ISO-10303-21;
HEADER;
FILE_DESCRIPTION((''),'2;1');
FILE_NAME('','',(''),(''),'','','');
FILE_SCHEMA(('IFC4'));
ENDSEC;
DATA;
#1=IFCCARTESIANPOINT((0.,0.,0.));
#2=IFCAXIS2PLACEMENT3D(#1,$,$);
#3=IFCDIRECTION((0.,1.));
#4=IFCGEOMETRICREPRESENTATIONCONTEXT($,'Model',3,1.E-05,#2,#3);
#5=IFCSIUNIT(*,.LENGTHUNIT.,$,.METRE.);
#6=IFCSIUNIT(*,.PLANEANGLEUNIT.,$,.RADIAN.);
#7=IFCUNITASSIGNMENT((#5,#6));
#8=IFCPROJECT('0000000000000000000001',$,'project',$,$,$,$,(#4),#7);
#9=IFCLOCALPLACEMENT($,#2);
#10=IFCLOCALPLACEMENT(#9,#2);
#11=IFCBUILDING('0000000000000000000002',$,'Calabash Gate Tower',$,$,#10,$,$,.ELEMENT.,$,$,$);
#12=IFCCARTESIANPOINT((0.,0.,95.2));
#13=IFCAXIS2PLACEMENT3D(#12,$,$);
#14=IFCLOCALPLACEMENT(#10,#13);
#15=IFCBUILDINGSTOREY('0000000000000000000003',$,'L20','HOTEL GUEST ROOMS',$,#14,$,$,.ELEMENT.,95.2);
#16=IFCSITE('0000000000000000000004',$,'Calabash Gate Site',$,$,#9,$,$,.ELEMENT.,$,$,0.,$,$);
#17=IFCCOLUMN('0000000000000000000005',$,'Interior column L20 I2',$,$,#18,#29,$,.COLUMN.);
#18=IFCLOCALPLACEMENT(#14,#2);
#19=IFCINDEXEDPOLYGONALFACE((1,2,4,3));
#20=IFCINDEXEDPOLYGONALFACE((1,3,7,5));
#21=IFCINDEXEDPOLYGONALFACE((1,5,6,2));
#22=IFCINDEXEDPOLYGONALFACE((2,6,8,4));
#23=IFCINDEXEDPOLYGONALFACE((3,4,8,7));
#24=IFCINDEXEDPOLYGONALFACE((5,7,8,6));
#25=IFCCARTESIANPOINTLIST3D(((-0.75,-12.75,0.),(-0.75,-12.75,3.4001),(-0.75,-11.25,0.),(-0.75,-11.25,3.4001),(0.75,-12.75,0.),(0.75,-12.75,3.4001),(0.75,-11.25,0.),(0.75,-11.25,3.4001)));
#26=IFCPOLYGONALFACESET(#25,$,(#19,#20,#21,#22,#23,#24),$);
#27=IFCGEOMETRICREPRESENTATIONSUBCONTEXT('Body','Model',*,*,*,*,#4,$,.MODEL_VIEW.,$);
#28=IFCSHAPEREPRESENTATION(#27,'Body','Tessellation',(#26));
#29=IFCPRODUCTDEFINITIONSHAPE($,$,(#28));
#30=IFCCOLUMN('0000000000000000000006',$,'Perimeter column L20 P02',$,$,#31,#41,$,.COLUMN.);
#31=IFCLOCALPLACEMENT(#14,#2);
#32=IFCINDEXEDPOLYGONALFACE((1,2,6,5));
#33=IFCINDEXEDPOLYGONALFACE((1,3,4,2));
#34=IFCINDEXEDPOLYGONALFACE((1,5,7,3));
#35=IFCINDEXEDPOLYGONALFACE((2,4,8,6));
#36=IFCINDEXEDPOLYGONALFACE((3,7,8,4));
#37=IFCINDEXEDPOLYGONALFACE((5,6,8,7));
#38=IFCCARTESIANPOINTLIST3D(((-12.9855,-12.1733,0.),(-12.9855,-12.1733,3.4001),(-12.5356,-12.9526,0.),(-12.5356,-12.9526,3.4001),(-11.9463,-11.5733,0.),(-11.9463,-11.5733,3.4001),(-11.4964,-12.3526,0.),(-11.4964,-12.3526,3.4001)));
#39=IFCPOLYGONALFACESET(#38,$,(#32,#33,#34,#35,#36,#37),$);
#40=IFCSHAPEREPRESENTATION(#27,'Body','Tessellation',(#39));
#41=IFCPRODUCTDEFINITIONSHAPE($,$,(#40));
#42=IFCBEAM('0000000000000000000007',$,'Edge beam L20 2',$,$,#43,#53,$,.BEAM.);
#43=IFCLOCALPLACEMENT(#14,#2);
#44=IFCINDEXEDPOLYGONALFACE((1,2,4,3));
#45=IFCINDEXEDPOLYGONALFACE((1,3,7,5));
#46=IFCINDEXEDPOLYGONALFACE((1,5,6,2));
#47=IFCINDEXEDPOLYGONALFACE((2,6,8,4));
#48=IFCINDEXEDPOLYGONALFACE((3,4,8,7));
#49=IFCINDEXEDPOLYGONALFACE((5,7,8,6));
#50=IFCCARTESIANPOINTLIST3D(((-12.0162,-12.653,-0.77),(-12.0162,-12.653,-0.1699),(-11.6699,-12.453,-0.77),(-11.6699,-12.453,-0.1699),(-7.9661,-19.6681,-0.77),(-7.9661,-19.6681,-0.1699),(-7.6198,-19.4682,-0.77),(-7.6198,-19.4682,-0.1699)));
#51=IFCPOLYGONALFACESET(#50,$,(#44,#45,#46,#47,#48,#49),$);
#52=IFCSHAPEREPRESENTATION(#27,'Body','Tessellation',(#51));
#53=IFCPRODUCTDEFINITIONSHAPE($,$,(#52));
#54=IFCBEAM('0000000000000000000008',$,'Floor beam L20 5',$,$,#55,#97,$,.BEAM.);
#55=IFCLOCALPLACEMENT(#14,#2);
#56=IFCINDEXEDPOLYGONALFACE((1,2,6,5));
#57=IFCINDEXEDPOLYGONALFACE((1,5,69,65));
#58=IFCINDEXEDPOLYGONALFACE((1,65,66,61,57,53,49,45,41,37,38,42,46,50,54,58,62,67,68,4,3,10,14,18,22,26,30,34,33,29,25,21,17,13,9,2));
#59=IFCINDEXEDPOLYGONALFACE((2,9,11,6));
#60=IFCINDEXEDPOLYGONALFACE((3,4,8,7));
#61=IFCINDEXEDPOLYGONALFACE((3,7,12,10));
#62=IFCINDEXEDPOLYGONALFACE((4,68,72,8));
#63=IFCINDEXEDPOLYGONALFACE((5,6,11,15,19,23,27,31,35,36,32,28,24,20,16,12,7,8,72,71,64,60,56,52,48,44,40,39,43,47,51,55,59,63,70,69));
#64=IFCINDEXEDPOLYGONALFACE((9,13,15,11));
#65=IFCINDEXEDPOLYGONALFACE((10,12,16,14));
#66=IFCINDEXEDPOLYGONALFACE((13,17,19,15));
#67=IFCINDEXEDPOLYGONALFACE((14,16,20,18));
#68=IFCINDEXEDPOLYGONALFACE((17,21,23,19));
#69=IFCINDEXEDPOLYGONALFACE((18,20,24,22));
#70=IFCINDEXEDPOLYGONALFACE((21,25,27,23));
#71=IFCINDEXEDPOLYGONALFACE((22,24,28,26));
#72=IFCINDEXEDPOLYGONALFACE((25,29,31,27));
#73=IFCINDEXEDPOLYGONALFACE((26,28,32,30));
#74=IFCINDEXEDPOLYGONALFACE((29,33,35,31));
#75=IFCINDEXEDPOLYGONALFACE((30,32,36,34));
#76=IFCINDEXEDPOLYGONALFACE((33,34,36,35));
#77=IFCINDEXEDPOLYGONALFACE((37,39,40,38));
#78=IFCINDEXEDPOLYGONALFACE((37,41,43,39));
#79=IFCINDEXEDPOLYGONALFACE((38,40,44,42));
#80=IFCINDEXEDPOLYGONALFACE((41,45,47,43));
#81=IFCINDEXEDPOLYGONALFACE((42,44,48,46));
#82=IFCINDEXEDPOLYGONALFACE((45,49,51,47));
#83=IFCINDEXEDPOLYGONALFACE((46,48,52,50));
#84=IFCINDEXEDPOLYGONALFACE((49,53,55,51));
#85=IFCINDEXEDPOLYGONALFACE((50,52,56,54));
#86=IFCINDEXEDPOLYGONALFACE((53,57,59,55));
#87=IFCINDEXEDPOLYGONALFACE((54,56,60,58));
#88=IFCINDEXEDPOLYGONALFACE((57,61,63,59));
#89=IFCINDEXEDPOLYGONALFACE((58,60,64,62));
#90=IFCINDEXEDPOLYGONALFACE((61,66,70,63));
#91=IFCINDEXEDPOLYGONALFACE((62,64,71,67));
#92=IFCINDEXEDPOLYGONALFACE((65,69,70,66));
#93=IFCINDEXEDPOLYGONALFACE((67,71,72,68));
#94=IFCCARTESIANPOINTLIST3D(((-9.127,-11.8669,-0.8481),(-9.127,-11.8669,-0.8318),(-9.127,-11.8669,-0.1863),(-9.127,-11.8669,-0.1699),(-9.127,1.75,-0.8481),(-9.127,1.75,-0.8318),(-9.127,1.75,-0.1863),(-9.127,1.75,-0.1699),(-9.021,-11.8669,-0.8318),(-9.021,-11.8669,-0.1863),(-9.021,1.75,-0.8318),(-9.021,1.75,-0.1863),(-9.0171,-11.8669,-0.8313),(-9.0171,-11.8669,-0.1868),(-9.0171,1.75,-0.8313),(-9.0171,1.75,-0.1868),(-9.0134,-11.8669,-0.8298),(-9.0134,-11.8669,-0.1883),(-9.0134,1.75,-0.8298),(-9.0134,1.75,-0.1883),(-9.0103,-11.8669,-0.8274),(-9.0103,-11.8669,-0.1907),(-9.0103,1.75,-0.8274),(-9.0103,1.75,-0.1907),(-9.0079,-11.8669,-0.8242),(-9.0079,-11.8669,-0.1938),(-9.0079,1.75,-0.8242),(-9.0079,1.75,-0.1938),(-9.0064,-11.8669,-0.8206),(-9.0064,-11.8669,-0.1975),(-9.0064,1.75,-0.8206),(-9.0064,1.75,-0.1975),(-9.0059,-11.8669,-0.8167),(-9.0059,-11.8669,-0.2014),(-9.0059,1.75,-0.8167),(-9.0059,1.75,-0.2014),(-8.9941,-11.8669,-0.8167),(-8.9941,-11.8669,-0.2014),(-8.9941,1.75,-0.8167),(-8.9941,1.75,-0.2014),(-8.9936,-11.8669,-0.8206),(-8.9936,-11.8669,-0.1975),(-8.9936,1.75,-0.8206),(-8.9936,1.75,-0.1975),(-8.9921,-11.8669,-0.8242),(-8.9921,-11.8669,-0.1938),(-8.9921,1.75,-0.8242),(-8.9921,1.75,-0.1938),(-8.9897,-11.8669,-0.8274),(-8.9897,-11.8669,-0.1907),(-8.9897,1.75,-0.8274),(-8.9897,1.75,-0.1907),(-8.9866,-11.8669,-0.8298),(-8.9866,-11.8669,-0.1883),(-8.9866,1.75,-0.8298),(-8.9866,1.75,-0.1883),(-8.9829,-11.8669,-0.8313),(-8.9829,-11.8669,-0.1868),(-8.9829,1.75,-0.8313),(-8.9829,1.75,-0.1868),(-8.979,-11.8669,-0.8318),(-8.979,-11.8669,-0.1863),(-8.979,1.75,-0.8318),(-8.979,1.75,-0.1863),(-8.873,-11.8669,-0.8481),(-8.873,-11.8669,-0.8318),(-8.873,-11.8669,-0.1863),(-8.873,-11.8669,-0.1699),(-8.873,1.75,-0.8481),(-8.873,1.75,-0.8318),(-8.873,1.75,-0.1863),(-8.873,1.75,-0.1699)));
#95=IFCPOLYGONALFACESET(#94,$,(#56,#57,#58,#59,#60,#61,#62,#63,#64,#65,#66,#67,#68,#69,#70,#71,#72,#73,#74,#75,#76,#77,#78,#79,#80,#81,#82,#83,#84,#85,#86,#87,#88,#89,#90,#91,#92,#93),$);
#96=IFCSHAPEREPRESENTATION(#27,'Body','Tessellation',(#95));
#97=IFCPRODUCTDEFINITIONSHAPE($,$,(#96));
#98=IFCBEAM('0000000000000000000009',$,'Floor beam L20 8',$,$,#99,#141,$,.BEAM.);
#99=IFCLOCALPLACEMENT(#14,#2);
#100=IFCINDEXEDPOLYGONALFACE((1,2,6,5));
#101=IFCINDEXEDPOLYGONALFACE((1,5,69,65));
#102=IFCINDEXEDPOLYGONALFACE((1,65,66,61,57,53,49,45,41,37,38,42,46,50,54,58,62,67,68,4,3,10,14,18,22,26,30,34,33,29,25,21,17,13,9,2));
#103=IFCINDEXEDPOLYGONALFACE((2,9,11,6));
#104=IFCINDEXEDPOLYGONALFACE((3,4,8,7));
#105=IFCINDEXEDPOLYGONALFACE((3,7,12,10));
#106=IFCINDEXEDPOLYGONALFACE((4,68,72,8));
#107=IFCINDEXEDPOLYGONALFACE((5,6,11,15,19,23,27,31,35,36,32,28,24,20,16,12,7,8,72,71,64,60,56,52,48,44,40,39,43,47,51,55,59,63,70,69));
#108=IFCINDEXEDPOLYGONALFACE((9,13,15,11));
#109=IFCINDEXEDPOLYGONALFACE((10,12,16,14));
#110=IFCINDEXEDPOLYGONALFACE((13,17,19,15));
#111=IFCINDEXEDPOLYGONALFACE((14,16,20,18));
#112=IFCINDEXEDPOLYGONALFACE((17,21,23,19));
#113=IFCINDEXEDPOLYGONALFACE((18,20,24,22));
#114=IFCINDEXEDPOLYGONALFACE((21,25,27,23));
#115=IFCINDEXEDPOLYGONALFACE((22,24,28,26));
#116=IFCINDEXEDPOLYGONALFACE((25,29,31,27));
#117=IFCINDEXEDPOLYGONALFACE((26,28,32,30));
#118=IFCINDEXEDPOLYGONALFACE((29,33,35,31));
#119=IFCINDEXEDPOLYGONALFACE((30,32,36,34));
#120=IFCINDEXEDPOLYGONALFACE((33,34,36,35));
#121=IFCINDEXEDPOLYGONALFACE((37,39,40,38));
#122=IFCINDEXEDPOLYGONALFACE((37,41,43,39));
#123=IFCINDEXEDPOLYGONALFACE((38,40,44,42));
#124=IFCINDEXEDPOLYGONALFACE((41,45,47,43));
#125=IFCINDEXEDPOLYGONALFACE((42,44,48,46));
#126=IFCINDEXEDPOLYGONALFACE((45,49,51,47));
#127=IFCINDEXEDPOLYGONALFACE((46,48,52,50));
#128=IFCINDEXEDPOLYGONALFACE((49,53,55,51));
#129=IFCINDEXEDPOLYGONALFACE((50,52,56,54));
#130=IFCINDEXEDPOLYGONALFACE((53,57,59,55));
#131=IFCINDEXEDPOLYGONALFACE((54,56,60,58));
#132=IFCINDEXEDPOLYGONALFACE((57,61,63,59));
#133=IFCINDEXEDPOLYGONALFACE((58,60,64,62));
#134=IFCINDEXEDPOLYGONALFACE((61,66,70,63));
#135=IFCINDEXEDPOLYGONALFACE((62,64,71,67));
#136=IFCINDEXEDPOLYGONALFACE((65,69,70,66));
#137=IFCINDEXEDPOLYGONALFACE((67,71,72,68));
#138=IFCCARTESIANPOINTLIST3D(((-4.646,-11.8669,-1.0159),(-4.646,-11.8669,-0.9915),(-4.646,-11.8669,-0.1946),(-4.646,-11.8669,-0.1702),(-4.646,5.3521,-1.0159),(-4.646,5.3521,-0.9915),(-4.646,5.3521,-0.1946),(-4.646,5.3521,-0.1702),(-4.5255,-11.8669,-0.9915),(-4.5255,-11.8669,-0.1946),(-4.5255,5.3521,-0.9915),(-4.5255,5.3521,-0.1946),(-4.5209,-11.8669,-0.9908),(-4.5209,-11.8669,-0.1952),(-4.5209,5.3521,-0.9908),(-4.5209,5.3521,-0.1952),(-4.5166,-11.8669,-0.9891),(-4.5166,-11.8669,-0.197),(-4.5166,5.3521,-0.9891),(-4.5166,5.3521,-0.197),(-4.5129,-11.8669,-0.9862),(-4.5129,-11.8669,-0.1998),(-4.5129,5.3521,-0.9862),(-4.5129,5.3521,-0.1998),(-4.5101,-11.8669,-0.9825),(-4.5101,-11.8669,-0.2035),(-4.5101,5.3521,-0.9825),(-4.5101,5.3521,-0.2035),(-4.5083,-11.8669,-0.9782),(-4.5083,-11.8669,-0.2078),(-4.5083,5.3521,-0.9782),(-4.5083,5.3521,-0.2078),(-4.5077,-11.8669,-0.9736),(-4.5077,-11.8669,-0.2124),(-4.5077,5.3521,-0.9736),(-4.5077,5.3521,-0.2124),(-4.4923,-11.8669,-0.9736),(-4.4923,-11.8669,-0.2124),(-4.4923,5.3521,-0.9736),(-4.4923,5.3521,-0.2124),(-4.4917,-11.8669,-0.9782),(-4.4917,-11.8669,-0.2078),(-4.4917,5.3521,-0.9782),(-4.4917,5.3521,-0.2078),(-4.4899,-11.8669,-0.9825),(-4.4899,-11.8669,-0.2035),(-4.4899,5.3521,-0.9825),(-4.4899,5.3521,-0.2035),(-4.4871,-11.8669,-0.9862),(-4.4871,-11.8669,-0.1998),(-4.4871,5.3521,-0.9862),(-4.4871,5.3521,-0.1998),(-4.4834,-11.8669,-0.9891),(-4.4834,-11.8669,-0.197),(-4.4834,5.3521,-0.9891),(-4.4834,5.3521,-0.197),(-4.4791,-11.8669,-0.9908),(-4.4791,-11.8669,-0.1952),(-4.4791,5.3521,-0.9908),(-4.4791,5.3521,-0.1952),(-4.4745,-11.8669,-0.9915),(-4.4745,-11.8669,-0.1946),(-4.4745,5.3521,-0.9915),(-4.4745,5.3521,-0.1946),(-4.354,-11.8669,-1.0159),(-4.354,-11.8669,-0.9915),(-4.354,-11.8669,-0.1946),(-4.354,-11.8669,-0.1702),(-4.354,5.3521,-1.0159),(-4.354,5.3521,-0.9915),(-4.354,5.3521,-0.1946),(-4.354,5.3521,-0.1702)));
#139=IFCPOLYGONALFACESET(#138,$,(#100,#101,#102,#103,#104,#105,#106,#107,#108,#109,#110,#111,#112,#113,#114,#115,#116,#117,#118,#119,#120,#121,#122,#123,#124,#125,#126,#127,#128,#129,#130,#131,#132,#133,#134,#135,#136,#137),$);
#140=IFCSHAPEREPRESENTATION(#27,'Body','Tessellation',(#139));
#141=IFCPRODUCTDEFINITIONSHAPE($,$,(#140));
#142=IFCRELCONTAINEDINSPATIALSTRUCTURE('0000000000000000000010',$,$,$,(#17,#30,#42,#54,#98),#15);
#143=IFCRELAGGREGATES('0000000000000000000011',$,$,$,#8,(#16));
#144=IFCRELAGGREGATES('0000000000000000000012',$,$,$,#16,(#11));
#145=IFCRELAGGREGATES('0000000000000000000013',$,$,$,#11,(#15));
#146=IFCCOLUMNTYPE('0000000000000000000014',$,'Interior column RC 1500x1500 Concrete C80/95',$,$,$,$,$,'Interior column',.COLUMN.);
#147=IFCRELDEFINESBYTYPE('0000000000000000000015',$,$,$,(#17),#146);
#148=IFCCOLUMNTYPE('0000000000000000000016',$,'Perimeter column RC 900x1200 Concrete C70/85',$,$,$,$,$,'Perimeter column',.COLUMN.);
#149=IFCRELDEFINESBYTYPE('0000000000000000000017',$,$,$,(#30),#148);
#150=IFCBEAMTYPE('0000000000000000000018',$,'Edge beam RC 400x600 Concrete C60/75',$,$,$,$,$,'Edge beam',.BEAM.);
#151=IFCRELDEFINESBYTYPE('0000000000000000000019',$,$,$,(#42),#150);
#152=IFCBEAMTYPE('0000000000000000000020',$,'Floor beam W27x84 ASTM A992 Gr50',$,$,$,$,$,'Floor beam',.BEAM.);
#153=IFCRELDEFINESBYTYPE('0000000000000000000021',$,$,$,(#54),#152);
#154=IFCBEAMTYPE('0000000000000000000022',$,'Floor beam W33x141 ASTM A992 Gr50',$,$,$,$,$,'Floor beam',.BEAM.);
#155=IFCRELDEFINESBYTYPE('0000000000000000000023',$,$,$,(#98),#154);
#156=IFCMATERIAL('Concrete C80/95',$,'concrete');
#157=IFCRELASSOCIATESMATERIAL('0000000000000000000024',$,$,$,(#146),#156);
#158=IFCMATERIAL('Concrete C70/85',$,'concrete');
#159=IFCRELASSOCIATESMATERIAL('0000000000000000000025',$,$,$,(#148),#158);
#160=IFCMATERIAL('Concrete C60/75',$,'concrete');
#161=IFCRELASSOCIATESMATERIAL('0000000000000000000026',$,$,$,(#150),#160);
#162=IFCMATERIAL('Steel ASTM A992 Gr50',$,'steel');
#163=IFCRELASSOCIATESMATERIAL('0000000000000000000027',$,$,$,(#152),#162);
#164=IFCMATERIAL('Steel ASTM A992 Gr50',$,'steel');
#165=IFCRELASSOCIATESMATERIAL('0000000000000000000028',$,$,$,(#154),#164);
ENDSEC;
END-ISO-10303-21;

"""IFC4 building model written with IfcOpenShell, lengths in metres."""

from ifc_helpers import new_model, si_unit, direction, frame, origin, origin_2d, place, context, subcontext, project, spatial, rectangle, i_section, extrude, material, material_profile, profile_set, type_object, element, save


model = new_model("IFC4")

# Units and contexts
model_context = context("Model", 3, precision=1e-05, world=origin(), true_north=direction((0.0, 1.0)))
body_context = subcontext(model_context, "Body", "Model", "MODEL_VIEW")
ifc_project = project(units=[si_unit("LENGTHUNIT", "METRE"), si_unit("PLANEANGLEUNIT", "RADIAN")], contexts=[model_context])

# Site, building, storey
site_placement = place(None, origin())
site = spatial("IfcSite", under=ifc_project, at=site_placement, Name="Calabash Gate Site", CompositionType="ELEMENT", RefElevation=0.0)
building_placement = place(site_placement, origin())
building = spatial("IfcBuilding", under=site, at=building_placement, Name="Calabash Gate Tower", CompositionType="ELEMENT")
storey_placement = place(building_placement, frame((0.0, 0.0, 95.2)))
storey = spatial("IfcBuildingStorey", under=building, at=storey_placement, Name="L20", Description="HOTEL GUEST ROOMS", CompositionType="ELEMENT", Elevation=95.2)

# Columns
ifc_material_1 = material(Name="Concrete C80/95", Category="concrete")
ifc_material_profile_1 = material_profile(ifc_material_1, rectangle(XDim=1.5, YDim=1.5, at=origin_2d()))
ifc_profile_set_1 = profile_set([ifc_material_profile_1], Name="Concrete C80/95")
column_type_1 = type_object("IfcColumnType", Name="Interior column RC 1500x1500 Concrete C80/95", ElementType="Interior column", PredefinedType="COLUMN", material=ifc_profile_set_1)
column_1_placement = place(storey_placement, frame((0.0, -12.0, 0.0), z_axis=(0.0, 0.0, 1.0), x_axis=(1.0, 0.0, 0.0)))
element("IfcColumn", 1, at=column_1_placement, inside=storey, type_object=column_type_1, Name="Interior column L20 I2", PredefinedType="COLUMN", context=body_context, shape_type="SweptSolid", body=[
    extrude(rectangle(XDim=1.5, YDim=1.5, at=origin_2d()), origin(), (0.0, 0.0, 1.0), 3.4001),
])
ifc_material_2 = material(Name="Concrete C70/85", Category="concrete")
ifc_material_profile_2 = material_profile(ifc_material_2, rectangle(XDim=0.8999, YDim=1.2, at=origin_2d()))
ifc_profile_set_2 = profile_set([ifc_material_profile_2], Name="Concrete C70/85")
column_type_2 = type_object("IfcColumnType", Name="Perimeter column RC 900x1200 Concrete C70/85", ElementType="Perimeter column", PredefinedType="COLUMN", material=ifc_profile_set_2)
column_2_placement = place(storey_placement, frame((-12.241, -12.2629, 0.0), z_axis=(0.0, 0.0, 1.0), x_axis=(0.5, -0.866025, 0.0)))
element("IfcColumn", 2, at=column_2_placement, inside=storey, type_object=column_type_2, Name="Perimeter column L20 P02", PredefinedType="COLUMN", context=body_context, shape_type="SweptSolid", body=[
    extrude(rectangle(XDim=0.8999, YDim=1.2, at=origin_2d()), origin(), (0.0, 0.0, 1.0), 3.4001),
])

# Beams
ifc_material_3 = material(Name="Concrete C60/75", Category="concrete")
ifc_material_profile_3 = material_profile(ifc_material_3, rectangle(XDim=0.3999, YDim=0.6001, at=origin_2d()))
ifc_profile_set_3 = profile_set([ifc_material_profile_3], Name="Concrete C60/75")
beam_type_1 = type_object("IfcBeamType", Name="Edge beam RC 400x600 Concrete C60/75", ElementType="Edge beam", PredefinedType="BEAM", material=ifc_profile_set_3)
beam_1_placement = place(storey_placement, frame((-11.843, -12.553, -0.47), z_axis=(0.499987, -0.866033, 0.0), x_axis=(0.866033, 0.499987, 0.0)))
element("IfcBeam", 3, at=beam_1_placement, inside=storey, type_object=beam_type_1, Name="Edge beam L20 2", PredefinedType="BEAM", context=body_context, shape_type="SweptSolid", body=[
    extrude(rectangle(XDim=0.3999, YDim=0.6001, at=origin_2d()), origin(), (0.0, 0.0, 1.0), 8.1003),
])
ifc_material_4 = material(Name="Steel ASTM A992 Gr50", Category="steel")
ifc_material_profile_4 = material_profile(ifc_material_4, i_section(OverallWidth=0.2539, OverallDepth=0.6782, WebThickness=0.0117, FlangeThickness=0.0164, FilletRadius=0.0151, at=origin_2d()))
ifc_profile_set_4 = profile_set([ifc_material_profile_4], Name="Steel ASTM A992 Gr50")
beam_type_2 = type_object("IfcBeamType", Name="Floor beam W27x84 ASTM A992 Gr50", ElementType="Floor beam", PredefinedType="BEAM", material=ifc_profile_set_4)
beam_2_placement = place(storey_placement, frame((-9.0, -11.8669, -0.509), z_axis=(0.0, 1.0, 0.0), x_axis=(-1.0, 0.0, 0.0)))
element("IfcBeam", 4, at=beam_2_placement, inside=storey, type_object=beam_type_2, Name="Floor beam L20 5", PredefinedType="BEAM", context=body_context, shape_type="SweptSolid", body=[
    extrude(i_section(OverallWidth=0.2539, OverallDepth=0.6782, WebThickness=0.0117, FlangeThickness=0.0164, FilletRadius=0.0151, at=origin_2d()), origin(), (0.0, 0.0, 1.0), 13.6169),
])
ifc_material_5 = material(Name="Steel ASTM A992 Gr50", Category="steel")
ifc_material_profile_5 = material_profile(ifc_material_5, i_section(OverallWidth=0.292, OverallDepth=0.8457, WebThickness=0.0154, FlangeThickness=0.0244, FilletRadius=0.0178, at=origin_2d()))
ifc_profile_set_5 = profile_set([ifc_material_profile_5], Name="Steel ASTM A992 Gr50")
beam_type_3 = type_object("IfcBeamType", Name="Floor beam W33x141 ASTM A992 Gr50", ElementType="Floor beam", PredefinedType="BEAM", material=ifc_profile_set_5)
beam_3_placement = place(storey_placement, frame((-4.5, -11.8669, -0.593), z_axis=(0.0, 1.0, 0.0), x_axis=(-1.0, 0.0, 0.0)))
element("IfcBeam", 5, at=beam_3_placement, inside=storey, type_object=beam_type_3, Name="Floor beam L20 8", PredefinedType="BEAM", context=body_context, shape_type="SweptSolid", body=[
    extrude(i_section(OverallWidth=0.292, OverallDepth=0.8457, WebThickness=0.0154, FlangeThickness=0.0244, FilletRadius=0.0178, at=origin_2d()), origin(), (0.0, 0.0, 1.0), 17.219),
])

save(model, "model.ifc")
